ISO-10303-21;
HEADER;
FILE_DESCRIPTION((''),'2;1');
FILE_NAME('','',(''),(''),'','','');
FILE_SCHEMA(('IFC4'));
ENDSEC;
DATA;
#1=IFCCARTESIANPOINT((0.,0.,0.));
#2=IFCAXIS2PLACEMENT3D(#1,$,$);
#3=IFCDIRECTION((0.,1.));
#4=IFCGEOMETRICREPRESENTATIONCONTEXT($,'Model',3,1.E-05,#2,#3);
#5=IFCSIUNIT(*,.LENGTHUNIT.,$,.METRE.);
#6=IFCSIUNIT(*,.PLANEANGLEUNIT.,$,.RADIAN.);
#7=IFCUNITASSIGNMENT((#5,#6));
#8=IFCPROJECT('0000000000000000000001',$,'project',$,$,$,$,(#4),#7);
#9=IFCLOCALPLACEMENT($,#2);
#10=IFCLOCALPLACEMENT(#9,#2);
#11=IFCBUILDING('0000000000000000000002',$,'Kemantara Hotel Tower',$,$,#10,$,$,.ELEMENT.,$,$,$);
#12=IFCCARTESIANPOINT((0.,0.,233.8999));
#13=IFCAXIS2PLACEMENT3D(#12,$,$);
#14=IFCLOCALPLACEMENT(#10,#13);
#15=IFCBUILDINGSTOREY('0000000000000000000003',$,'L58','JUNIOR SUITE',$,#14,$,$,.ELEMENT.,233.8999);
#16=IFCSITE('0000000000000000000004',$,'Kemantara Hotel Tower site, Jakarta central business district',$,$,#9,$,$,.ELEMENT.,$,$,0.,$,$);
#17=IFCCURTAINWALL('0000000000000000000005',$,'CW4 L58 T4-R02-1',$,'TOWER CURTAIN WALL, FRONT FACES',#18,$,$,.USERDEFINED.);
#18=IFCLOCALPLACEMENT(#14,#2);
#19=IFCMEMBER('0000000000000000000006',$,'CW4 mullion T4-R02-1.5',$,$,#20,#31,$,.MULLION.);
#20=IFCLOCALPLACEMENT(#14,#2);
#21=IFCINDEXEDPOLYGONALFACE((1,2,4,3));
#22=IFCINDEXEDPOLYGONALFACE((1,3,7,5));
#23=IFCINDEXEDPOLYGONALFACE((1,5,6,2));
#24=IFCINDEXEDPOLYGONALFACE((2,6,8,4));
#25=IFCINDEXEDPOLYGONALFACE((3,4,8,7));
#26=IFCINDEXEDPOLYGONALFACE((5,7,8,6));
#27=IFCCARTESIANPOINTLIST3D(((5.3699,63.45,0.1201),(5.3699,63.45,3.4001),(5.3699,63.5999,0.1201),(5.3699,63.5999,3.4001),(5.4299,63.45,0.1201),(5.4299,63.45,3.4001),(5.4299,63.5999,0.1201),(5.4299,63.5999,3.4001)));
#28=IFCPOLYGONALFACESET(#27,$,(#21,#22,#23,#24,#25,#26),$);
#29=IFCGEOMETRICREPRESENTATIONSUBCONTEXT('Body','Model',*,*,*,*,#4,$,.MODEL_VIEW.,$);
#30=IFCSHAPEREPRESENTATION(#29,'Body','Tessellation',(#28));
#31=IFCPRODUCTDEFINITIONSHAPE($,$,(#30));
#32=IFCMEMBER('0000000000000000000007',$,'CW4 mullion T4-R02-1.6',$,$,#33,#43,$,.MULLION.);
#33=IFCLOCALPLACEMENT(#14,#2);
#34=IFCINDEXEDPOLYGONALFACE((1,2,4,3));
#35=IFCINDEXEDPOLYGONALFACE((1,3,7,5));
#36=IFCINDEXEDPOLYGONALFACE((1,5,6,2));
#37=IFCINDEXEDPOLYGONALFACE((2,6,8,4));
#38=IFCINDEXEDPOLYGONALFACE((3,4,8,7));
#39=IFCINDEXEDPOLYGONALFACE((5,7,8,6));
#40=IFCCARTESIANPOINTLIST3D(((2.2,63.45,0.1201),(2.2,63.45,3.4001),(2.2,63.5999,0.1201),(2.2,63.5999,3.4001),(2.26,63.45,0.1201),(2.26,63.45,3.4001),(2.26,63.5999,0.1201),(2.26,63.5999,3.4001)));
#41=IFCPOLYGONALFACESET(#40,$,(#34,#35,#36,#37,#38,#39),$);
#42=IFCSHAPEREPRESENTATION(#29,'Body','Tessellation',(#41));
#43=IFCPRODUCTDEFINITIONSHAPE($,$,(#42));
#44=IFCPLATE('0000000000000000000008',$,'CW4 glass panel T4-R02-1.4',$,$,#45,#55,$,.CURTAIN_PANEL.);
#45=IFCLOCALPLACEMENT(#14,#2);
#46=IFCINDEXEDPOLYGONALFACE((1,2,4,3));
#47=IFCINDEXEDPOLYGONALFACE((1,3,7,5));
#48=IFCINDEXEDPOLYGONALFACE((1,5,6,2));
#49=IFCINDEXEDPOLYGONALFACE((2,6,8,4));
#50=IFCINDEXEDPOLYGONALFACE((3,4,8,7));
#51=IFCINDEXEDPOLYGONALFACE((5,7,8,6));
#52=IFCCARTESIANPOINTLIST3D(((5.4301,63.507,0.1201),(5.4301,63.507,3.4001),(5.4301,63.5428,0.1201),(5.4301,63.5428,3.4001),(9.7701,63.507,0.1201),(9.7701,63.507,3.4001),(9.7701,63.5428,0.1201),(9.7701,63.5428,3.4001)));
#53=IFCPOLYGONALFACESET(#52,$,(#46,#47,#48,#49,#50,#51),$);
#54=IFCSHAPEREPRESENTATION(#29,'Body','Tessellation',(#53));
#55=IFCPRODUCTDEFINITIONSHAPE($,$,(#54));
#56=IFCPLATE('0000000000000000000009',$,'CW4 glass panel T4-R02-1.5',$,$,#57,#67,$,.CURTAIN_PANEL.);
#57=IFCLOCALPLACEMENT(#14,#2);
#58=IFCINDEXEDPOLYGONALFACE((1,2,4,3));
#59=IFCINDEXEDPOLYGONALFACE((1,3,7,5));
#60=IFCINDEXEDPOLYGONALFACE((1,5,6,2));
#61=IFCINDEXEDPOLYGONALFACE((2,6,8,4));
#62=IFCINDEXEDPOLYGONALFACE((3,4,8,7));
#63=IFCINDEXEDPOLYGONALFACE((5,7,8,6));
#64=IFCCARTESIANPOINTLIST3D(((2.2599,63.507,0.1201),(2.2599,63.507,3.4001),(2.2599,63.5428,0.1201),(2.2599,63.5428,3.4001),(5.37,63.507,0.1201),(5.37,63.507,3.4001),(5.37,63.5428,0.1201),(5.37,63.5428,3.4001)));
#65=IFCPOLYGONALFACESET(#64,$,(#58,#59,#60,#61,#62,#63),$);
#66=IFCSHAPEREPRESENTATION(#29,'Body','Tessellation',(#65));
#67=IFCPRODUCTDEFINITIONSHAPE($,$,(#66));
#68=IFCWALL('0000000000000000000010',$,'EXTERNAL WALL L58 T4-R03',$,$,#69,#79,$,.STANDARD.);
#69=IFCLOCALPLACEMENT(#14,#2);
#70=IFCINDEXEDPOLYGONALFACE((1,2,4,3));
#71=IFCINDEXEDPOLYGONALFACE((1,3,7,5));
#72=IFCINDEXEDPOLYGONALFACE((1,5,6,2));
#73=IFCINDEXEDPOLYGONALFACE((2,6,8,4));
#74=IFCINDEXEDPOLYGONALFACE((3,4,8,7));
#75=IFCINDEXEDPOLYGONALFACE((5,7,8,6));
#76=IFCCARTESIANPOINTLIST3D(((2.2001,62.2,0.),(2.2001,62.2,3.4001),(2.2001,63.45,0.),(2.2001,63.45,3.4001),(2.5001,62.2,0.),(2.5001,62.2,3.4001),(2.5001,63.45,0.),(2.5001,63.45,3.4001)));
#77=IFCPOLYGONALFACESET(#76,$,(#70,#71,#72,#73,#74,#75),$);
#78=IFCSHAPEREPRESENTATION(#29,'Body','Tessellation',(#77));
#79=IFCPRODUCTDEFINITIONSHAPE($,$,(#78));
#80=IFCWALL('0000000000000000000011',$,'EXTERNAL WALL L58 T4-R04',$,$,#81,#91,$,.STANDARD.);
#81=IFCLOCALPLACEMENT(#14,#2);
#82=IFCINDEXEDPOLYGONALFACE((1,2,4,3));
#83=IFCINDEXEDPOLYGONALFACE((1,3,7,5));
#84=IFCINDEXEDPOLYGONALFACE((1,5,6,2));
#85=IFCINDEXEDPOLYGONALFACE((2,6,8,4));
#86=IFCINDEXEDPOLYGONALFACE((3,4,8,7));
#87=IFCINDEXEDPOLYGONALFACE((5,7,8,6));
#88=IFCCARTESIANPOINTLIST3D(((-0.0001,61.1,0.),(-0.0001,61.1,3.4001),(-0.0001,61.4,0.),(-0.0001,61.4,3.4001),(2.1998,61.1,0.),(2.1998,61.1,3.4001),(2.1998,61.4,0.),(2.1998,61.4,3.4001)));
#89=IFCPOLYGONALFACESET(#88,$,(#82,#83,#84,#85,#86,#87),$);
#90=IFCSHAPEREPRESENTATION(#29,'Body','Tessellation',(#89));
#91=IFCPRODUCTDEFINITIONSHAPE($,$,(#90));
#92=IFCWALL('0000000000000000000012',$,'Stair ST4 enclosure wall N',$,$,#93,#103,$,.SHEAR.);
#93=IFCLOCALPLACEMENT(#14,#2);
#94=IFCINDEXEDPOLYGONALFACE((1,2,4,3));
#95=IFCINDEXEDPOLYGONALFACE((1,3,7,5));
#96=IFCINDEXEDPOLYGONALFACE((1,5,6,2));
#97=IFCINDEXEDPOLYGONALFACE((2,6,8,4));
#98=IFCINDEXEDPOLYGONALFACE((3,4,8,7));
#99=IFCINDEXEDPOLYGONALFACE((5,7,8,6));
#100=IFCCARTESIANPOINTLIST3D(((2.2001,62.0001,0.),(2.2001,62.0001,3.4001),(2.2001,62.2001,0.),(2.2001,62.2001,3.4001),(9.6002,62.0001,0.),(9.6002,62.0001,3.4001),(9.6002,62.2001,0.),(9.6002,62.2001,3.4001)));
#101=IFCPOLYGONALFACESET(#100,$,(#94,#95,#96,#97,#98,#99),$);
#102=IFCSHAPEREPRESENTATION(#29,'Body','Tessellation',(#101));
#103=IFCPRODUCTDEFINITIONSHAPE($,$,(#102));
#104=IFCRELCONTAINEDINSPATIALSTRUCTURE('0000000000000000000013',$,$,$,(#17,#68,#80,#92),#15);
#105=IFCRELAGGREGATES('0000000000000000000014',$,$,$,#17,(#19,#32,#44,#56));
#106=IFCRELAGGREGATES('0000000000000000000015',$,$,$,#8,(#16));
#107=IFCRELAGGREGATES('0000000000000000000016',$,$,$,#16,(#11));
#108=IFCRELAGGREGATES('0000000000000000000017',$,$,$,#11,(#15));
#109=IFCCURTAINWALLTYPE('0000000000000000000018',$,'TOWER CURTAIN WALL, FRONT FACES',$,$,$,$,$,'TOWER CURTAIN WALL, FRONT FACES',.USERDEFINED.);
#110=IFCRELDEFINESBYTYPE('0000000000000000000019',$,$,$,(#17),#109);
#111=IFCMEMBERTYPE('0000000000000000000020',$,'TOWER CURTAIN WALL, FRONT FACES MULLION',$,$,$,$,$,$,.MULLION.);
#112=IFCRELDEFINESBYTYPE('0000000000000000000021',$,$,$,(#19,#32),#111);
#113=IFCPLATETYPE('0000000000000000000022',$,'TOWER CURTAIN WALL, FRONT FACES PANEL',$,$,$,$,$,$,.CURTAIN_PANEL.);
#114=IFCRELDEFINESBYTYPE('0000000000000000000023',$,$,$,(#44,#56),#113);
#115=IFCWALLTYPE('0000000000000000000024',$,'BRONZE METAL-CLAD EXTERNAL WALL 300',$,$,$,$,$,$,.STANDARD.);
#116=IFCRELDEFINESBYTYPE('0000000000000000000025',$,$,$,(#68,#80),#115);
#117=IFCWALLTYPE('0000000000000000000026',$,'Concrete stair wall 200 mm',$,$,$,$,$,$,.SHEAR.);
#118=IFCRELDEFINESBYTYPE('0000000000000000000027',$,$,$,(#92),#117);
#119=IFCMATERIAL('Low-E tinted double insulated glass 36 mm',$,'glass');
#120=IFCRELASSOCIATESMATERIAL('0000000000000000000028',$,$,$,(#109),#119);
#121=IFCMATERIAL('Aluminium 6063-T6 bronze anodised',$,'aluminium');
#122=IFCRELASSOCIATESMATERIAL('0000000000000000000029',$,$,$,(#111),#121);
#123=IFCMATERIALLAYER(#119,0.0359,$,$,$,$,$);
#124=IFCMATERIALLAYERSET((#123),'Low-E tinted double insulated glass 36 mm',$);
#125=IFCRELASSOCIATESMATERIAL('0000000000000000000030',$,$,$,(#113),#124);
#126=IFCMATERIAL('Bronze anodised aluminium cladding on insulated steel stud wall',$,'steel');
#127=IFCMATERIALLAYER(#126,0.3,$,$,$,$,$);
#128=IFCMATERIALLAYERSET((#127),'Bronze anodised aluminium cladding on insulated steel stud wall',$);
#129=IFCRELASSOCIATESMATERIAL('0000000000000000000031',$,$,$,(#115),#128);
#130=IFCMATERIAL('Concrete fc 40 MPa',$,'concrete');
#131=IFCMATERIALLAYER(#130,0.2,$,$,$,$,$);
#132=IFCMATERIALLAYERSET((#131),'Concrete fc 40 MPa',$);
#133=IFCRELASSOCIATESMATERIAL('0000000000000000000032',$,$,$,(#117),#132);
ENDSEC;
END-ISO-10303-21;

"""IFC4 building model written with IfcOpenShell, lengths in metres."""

from ifc_helpers import new_model, si_unit, direction, frame, frame_2d, origin, origin_2d, place, context, subcontext, project, spatial, rectangle, extrude, source, transform, mapped, material, layer, layer_set, material_profile, profile_set, type_object, element, aggregate, save


model = new_model("IFC4")

# Units and contexts
model_context = context("Model", 3, precision=1e-05, world=origin(), true_north=direction((0.0, 1.0)))
body_context = subcontext(model_context, "Body", "Model", "MODEL_VIEW")
ifc_project = project(units=[si_unit("LENGTHUNIT", "METRE"), si_unit("PLANEANGLEUNIT", "RADIAN")], contexts=[model_context])

# Site, building, storey
site_placement = place(None, origin())
site = spatial("IfcSite", under=ifc_project, at=site_placement, Name="Kemantara Hotel Tower site, Jakarta central business district", CompositionType="ELEMENT", RefElevation=0.0)
building_placement = place(site_placement, origin())
building = spatial("IfcBuilding", under=site, at=building_placement, Name="Kemantara Hotel Tower", CompositionType="ELEMENT")
storey_placement = place(building_placement, frame((0.0, 0.0, 233.8999)))
storey = spatial("IfcBuildingStorey", under=building, at=storey_placement, Name="L58", Description="JUNIOR SUITE", CompositionType="ELEMENT", Elevation=233.8999)

# Curtain wall, members, plates
ifc_material_1 = material(Name="Low-E tinted double insulated glass 36 mm", Category="glass")
curtain_wall_type = type_object("IfcCurtainWallType", Name="TOWER CURTAIN WALL, FRONT FACES", ElementType="TOWER CURTAIN WALL, FRONT FACES", PredefinedType="USERDEFINED", material=ifc_material_1)
curtain_wall_placement = place(storey_placement, origin())
curtain_wall = element("IfcCurtainWall", 1, at=curtain_wall_placement, inside=storey, type_object=curtain_wall_type, Name="CW4 L58 T4-R02-1", ObjectType="TOWER CURTAIN WALL, FRONT FACES", PredefinedType="USERDEFINED")
ifc_material_2 = material(Name="Aluminium 6063-T6 bronze anodised", Category="aluminium")
ifc_material_profile = material_profile(ifc_material_2, rectangle(XDim=0.1499, YDim=0.0601, at=origin_2d()), Name="TOWER CURTAIN WALL, FRONT FACES MULLION")
ifc_profile_set = profile_set([ifc_material_profile], Name="Aluminium 6063-T6 bronze anodised")
member_type = type_object("IfcMemberType", Name="TOWER CURTAIN WALL, FRONT FACES MULLION", PredefinedType="MULLION", material=ifc_profile_set)
shared_shape_1 = source(origin(), body_context, "Body", "SweptSolid", [
    extrude(rectangle(XDim=0.1499, YDim=0.0601, at=origin_2d()), origin(), (0.0, 0.0, 1.0), 3.28),
])
member_1_placement = place(storey_placement, frame((5.3999, 63.5249, 0.1201), z_axis=(0.0, 0.0, 1.0), x_axis=(0.0, -1.0, 0.0)))
member_1 = element("IfcMember", 2, at=member_1_placement, type_object=member_type, Name="CW4 mullion T4-R02-1.5", PredefinedType="MULLION", context=body_context, shape_type="MappedRepresentation", body=[
    mapped(shared_shape_1, transform((0.0, 0.0, 0.0))),
])
member_2_placement = place(storey_placement, frame((2.23, 63.5249, 0.1201), z_axis=(0.0, 0.0, 1.0), x_axis=(0.0, -1.0, 0.0)))
member_2 = element("IfcMember", 3, at=member_2_placement, type_object=member_type, Name="CW4 mullion T4-R02-1.6", PredefinedType="MULLION", context=body_context, shape_type="MappedRepresentation", body=[
    mapped(shared_shape_1, transform((0.0, 0.0, 0.0))),
])
ifc_layer_1 = layer(ifc_material_1, 0.0359)
ifc_layer_set_1 = layer_set([ifc_layer_1], Name="Low-E tinted double insulated glass 36 mm")
plate_type = type_object("IfcPlateType", Name="TOWER CURTAIN WALL, FRONT FACES PANEL", PredefinedType="CURTAIN_PANEL", material=ifc_layer_set_1)
shared_shape_2 = source(origin(), body_context, "Body", "SweptSolid", [
    extrude(rectangle(XDim=4.3401, YDim=0.0359, at=origin_2d()), origin(), (0.0, 0.0, 1.0), 3.28),
])
plate_1_placement = place(storey_placement, frame((7.6001, 63.5249, 0.1201), z_axis=(0.0, 0.0, 1.0), x_axis=(-1.0, 0.0, 0.0)))
plate_1 = element("IfcPlate", 4, at=plate_1_placement, type_object=plate_type, Name="CW4 glass panel T4-R02-1.4", PredefinedType="CURTAIN_PANEL", context=body_context, shape_type="MappedRepresentation", body=[
    mapped(shared_shape_2, transform((0.0, 0.0, 0.0))),
])
shared_shape_3 = source(origin(), body_context, "Body", "SweptSolid", [
    extrude(rectangle(XDim=3.1101, YDim=0.0359, at=origin_2d()), origin(), (0.0, 0.0, 1.0), 3.28),
])
plate_2_placement = place(storey_placement, frame((3.8149, 63.5249, 0.1201), z_axis=(0.0, 0.0, 1.0), x_axis=(-1.0, 0.0, 0.0)))
plate_2 = element("IfcPlate", 5, at=plate_2_placement, type_object=plate_type, Name="CW4 glass panel T4-R02-1.5", PredefinedType="CURTAIN_PANEL", context=body_context, shape_type="MappedRepresentation", body=[
    mapped(shared_shape_3, transform((0.0, 0.0, 0.0))),
])
aggregate(curtain_wall, [member_1, member_2, plate_1, plate_2])

# Walls
ifc_material_3 = material(Name="Bronze anodised aluminium cladding on insulated steel stud wall", Category="steel")
ifc_layer_2 = layer(ifc_material_3, 0.3)
ifc_layer_set_2 = layer_set([ifc_layer_2], Name="Bronze anodised aluminium cladding on insulated steel stud wall")
wall_type_1 = type_object("IfcWallType", Name="BRONZE METAL-CLAD EXTERNAL WALL 300", PredefinedType="STANDARD", material=ifc_layer_set_2)
wall_1_placement = place(storey_placement, frame((2.3501, 63.45, 0.0), z_axis=(0.0, 0.0, 1.0), x_axis=(0.0, -1.0, 0.0)))
element("IfcWall", 6, at=wall_1_placement, inside=storey, type_object=wall_type_1, Name="EXTERNAL WALL L58 T4-R03", PredefinedType="STANDARD", context=body_context, shape_type="SweptSolid", body=[
    extrude(rectangle(XDim=1.25, YDim=0.3, at=frame_2d((0.625, 0.0))), origin(), (0.0, 0.0, 1.0), 3.4001),
])
wall_2_placement = place(storey_placement, frame((2.2, 61.25, 0.0), z_axis=(0.0, 0.0, 1.0), x_axis=(-1.0, 0.0, 0.0)))
element("IfcWall", 7, at=wall_2_placement, inside=storey, type_object=wall_type_1, Name="EXTERNAL WALL L58 T4-R04", PredefinedType="STANDARD", context=body_context, shape_type="SweptSolid", body=[
    extrude(rectangle(XDim=2.2, YDim=0.3, at=frame_2d((1.1001, 0.0))), origin(), (0.0, 0.0, 1.0), 3.4001),
])

# Wall
ifc_material_4 = material(Name="Concrete fc 40 MPa", Category="concrete")
ifc_layer_3 = layer(ifc_material_4, 0.2)
ifc_layer_set_3 = layer_set([ifc_layer_3], Name="Concrete fc 40 MPa")
wall_type_2 = type_object("IfcWallType", Name="Concrete stair wall 200 mm", PredefinedType="SHEAR", material=ifc_layer_set_3)
wall_3_placement = place(storey_placement, frame((2.2, 62.1001, 0.0), z_axis=(0.0, 0.0, 1.0), x_axis=(1.0, 0.0, 0.0)))
element("IfcWall", 8, at=wall_3_placement, inside=storey, type_object=wall_type_2, Name="Stair ST4 enclosure wall N", PredefinedType="SHEAR", context=body_context, shape_type="SweptSolid", body=[
    extrude(rectangle(XDim=7.4001, YDim=0.2, at=frame_2d((3.7002, 0.0))), origin(), (0.0, 0.0, 1.0), 3.4001),
])

save(model, "model.ifc")
